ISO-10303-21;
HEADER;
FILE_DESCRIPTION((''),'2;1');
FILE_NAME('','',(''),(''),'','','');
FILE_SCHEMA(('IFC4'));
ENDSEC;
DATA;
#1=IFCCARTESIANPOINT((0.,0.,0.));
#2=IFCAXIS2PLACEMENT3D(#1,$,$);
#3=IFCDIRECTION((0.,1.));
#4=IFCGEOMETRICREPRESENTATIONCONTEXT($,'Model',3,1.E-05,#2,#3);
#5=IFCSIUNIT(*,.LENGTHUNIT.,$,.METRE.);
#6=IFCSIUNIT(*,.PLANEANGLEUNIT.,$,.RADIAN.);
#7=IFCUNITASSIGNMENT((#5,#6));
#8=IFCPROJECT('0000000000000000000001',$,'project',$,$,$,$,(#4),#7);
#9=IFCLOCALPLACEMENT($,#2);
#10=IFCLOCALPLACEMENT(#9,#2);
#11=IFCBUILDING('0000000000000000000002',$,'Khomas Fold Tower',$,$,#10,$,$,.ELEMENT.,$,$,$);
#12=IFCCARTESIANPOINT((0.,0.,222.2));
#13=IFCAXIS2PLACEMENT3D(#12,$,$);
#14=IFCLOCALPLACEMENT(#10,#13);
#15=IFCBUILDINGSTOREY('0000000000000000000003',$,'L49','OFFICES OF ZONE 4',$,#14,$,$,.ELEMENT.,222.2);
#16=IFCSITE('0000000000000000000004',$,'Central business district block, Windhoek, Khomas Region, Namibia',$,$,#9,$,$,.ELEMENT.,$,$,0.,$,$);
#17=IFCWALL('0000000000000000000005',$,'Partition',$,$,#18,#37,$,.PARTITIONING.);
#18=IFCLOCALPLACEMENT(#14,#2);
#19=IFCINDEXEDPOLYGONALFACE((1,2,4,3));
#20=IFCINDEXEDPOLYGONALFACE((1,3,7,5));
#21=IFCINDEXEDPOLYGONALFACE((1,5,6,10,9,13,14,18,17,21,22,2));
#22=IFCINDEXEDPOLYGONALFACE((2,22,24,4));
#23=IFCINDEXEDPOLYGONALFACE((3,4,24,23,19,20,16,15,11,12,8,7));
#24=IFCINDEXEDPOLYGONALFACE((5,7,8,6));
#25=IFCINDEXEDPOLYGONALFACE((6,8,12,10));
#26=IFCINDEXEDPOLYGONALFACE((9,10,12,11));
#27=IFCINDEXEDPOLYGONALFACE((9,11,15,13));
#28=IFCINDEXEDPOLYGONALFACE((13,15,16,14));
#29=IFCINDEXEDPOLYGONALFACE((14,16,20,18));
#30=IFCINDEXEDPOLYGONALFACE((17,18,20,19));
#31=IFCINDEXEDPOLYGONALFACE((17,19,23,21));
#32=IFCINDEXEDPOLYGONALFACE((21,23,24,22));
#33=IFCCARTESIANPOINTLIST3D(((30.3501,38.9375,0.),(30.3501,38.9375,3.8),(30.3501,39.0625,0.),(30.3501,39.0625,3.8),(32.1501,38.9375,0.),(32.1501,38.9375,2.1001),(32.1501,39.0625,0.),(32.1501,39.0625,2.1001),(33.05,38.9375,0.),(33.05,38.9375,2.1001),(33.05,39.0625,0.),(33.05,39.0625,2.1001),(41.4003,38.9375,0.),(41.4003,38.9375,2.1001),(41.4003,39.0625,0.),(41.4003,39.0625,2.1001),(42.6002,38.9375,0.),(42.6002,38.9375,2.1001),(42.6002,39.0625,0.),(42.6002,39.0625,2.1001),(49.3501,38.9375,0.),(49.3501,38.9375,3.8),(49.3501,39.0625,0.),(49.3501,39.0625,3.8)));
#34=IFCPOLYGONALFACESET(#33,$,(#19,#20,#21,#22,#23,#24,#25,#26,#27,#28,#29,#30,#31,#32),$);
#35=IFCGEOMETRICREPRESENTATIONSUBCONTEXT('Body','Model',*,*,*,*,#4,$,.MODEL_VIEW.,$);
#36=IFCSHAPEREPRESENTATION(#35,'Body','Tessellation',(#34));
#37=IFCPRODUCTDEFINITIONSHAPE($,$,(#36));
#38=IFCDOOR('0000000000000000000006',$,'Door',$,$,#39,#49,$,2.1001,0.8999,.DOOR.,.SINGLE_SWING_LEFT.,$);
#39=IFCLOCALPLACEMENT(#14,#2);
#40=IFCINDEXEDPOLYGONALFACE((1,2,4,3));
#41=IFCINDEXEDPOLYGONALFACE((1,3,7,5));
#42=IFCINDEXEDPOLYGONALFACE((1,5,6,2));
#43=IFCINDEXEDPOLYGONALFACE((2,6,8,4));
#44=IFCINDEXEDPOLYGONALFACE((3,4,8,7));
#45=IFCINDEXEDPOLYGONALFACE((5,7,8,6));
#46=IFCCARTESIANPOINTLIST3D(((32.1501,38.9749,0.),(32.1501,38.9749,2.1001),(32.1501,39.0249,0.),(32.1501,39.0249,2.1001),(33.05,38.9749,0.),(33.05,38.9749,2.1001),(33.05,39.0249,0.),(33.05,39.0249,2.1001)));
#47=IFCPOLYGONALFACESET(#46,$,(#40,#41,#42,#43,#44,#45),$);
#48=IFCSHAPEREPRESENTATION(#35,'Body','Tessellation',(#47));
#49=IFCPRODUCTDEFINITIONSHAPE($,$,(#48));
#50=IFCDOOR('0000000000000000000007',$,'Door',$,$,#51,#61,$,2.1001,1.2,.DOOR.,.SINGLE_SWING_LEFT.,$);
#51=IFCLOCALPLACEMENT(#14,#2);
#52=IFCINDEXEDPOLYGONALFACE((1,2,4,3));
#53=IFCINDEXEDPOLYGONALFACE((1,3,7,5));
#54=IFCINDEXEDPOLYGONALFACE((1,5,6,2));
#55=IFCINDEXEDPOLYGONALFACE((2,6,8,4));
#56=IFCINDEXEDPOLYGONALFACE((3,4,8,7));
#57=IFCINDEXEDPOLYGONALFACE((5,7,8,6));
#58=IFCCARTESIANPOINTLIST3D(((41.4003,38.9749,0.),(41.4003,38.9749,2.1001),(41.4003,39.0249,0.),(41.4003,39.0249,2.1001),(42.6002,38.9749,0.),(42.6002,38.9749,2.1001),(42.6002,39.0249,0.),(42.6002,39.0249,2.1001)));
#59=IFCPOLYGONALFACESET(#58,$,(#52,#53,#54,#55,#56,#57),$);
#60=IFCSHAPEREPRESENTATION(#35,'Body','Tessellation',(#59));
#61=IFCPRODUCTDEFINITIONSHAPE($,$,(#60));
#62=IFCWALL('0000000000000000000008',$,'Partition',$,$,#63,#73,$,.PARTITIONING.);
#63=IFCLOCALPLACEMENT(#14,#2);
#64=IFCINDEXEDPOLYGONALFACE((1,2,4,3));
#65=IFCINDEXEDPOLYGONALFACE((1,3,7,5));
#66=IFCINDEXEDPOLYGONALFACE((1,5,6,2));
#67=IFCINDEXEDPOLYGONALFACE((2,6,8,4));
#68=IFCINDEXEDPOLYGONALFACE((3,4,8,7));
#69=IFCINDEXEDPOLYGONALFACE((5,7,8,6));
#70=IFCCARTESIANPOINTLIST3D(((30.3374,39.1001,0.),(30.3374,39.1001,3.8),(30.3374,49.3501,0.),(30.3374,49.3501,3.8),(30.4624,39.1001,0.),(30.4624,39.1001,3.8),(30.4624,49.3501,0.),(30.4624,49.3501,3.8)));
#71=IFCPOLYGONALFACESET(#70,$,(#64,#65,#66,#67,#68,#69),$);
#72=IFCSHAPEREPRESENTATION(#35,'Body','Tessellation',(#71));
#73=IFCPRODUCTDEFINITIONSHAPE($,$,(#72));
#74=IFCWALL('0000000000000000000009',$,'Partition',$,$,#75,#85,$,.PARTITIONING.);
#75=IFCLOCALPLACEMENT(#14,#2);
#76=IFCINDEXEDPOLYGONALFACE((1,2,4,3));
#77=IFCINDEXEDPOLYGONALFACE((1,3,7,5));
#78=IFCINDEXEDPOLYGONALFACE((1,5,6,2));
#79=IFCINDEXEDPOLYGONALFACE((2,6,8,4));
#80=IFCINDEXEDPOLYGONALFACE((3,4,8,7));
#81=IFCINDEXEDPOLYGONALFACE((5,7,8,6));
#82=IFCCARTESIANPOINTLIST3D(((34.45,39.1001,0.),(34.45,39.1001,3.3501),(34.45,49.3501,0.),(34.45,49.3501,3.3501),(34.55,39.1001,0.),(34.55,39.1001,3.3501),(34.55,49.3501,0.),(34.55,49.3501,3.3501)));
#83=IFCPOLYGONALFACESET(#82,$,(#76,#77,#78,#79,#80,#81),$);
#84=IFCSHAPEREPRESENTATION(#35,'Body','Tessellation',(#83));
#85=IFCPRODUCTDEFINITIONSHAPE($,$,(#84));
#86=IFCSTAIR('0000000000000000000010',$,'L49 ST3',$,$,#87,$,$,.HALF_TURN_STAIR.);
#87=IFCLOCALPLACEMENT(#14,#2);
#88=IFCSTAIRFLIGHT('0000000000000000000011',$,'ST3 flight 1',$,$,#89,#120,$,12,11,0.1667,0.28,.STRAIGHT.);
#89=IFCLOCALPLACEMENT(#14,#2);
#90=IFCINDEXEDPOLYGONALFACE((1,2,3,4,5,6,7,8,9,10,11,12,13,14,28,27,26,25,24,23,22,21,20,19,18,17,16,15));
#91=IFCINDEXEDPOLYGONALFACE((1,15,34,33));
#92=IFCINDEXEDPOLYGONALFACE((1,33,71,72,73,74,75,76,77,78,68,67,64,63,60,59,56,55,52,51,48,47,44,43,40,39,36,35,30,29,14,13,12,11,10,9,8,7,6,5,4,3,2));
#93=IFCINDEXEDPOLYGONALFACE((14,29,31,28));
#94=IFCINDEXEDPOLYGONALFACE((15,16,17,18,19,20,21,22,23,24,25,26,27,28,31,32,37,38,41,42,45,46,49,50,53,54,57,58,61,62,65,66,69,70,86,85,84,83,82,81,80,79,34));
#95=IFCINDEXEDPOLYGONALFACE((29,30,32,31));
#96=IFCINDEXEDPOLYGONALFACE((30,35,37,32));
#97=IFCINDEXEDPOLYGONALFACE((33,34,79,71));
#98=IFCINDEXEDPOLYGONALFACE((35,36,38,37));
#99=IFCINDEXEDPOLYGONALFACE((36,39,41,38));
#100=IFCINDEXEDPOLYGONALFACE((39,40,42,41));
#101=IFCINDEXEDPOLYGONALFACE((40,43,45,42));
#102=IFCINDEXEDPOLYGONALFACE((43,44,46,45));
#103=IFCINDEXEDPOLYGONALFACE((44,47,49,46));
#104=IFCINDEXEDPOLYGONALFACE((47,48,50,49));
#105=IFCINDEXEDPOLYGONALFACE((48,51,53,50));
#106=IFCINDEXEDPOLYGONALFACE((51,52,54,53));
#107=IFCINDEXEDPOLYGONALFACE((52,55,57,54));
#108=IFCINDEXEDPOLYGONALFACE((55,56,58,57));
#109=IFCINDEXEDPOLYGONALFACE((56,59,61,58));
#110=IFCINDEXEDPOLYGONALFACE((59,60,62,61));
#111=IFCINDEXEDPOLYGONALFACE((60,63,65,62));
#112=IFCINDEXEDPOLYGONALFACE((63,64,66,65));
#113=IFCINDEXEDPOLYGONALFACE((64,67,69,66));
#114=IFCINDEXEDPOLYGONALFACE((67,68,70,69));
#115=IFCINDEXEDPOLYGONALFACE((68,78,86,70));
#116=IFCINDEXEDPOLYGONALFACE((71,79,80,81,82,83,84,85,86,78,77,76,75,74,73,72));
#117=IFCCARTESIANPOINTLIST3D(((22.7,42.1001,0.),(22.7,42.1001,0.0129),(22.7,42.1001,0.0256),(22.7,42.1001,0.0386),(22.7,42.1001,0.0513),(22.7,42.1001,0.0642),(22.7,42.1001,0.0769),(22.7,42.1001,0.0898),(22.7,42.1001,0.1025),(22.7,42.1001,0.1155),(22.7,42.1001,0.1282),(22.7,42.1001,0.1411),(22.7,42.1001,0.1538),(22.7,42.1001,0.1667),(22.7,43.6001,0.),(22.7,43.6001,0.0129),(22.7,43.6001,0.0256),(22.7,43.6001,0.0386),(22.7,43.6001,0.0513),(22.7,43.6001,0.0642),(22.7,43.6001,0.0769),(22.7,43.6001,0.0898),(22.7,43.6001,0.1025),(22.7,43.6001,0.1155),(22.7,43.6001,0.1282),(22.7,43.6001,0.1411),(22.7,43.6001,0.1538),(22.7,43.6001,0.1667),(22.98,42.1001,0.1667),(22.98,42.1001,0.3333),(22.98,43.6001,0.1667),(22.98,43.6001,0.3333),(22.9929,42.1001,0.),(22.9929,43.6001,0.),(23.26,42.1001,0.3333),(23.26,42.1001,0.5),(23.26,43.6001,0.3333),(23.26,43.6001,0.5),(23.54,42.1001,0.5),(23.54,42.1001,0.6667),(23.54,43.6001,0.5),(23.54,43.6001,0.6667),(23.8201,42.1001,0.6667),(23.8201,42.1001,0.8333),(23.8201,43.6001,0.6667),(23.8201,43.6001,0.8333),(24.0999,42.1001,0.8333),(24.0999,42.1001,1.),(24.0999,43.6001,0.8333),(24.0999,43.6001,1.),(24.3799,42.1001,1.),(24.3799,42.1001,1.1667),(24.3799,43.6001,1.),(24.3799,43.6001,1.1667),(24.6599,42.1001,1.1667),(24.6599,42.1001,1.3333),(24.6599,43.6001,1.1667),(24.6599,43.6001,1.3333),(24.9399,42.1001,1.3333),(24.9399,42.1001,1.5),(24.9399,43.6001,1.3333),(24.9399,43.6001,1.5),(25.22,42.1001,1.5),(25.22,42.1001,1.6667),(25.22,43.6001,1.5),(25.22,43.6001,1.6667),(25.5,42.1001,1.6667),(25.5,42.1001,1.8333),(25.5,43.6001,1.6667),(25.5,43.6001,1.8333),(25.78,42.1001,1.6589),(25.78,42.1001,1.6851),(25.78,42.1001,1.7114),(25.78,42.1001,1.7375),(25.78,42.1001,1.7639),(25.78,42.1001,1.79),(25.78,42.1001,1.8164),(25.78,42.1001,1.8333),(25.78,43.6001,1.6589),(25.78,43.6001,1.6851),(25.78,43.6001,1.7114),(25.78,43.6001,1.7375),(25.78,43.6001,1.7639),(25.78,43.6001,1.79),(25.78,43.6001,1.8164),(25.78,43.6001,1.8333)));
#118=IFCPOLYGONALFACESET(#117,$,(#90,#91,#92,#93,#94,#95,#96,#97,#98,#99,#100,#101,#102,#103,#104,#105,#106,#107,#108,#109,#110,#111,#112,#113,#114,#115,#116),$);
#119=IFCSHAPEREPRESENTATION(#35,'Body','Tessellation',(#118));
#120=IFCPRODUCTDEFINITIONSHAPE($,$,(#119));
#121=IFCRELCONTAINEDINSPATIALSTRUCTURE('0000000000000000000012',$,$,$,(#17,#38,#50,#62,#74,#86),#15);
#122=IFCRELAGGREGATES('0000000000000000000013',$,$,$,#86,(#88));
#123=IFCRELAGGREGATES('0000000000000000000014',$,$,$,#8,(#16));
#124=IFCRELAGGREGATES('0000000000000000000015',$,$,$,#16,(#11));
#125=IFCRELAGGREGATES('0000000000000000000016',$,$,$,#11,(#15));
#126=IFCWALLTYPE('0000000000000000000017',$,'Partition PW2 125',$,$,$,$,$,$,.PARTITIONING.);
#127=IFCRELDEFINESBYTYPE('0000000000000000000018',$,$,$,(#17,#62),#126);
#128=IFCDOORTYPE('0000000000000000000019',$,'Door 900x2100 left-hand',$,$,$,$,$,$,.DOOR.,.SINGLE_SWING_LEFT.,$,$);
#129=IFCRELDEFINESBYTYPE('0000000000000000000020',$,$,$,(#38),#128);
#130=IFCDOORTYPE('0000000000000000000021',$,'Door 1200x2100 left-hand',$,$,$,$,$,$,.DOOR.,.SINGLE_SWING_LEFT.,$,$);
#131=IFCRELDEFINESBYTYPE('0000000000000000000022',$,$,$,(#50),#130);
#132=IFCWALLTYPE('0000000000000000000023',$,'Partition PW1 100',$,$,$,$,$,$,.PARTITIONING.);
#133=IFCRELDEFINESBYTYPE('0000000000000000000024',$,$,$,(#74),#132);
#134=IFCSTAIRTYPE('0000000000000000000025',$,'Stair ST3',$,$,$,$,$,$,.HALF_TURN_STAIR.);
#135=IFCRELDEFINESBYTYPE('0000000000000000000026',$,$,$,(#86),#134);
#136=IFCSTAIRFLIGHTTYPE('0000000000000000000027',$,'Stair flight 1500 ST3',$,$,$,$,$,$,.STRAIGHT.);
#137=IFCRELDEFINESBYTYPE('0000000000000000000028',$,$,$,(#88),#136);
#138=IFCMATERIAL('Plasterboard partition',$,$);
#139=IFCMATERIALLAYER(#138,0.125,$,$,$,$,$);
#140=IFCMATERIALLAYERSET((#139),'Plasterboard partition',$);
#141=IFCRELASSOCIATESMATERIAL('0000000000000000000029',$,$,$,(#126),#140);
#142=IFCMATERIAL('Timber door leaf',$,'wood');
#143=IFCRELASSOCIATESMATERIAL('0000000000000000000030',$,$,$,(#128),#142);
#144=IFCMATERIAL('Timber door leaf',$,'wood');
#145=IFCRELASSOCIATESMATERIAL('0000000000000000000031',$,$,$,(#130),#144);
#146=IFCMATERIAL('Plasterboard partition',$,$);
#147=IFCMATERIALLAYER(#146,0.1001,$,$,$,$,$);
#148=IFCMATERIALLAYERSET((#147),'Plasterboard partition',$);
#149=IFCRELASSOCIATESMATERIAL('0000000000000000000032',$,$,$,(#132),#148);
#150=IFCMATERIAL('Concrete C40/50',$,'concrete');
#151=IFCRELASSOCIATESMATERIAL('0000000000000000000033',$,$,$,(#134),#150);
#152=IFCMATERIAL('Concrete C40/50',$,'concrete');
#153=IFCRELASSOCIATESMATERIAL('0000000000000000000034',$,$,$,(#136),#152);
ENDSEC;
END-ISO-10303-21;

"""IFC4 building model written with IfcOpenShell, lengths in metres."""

from ifc_helpers import new_model, si_unit, direction, frame, frame_2d, origin, place, context, subcontext, project, spatial, polyline, rectangle, outline, extrude, source, transform, mapped, material, layer, layer_set, type_object, element, fill, aggregate, save


model = new_model("IFC4")

# Units and contexts
model_context = context("Model", 3, precision=1e-05, world=origin(), true_north=direction((0.0, 1.0)))
body_context = subcontext(model_context, "Body", "Model", "MODEL_VIEW")
ifc_project = project(units=[si_unit("LENGTHUNIT", "METRE"), si_unit("PLANEANGLEUNIT", "RADIAN")], contexts=[model_context])

# Site, building, storey
site_placement = place(None, origin())
site = spatial("IfcSite", under=ifc_project, at=site_placement, Name="Central business district block, Windhoek, Khomas Region, Namibia", CompositionType="ELEMENT", RefElevation=0.0)
building_placement = place(site_placement, origin())
building = spatial("IfcBuilding", under=site, at=building_placement, Name="Khomas Fold Tower", CompositionType="ELEMENT")
storey_placement = place(building_placement, frame((0.0, 0.0, 222.2)))
storey = spatial("IfcBuildingStorey", under=building, at=storey_placement, Name="L49", Description="OFFICES OF ZONE 4", CompositionType="ELEMENT", Elevation=222.2)

# Shared definitions
ifc_material_1 = material(Name="Plasterboard partition")
ifc_layer_1 = layer(ifc_material_1, 0.125)
ifc_layer_set_1 = layer_set([ifc_layer_1], Name="Plasterboard partition")
wall_type_1 = type_object("IfcWallType", Name="Partition PW2 125", PredefinedType="PARTITIONING", material=ifc_layer_set_1)

# Wall, openings, doors
shared_shape_1 = source(origin(), body_context, "Body", "SweptSolid", [
    extrude(rectangle(XDim=19.0, YDim=0.125, at=frame_2d((9.5, 0.0))), origin(), (0.0, 0.0, 1.0), 3.8),
])
wall_1_placement = place(storey_placement, frame((30.3501, 39.0, 0.0), z_axis=(0.0, 0.0, 1.0), x_axis=(1.0, 0.0, 0.0)))
wall_1 = element("IfcWall", 1, at=wall_1_placement, inside=storey, type_object=wall_type_1, Name="Partition", PredefinedType="PARTITIONING", context=body_context, shape_type="MappedRepresentation", body=[
    mapped(shared_shape_1, transform((0.0, 0.0, 0.0))),
])
shared_shape_2 = source(origin(), body_context, "Body", "SweptSolid", [
    extrude(rectangle(XDim=0.8999, YDim=2.1001, at=frame_2d((0.45, 1.05))), frame((0.0, 0.0725, 0.0), z_axis=(0.0, -1.0, 0.0), x_axis=(1.0, 0.0, 0.0)), (0.0, 0.0, 1.0), 0.145),
])
opening_1_placement = place(wall_1_placement, frame((1.8, 0.0, 0.0)))
opening_1 = element("IfcOpeningElement", 2, at=opening_1_placement, cuts=wall_1, PredefinedType="OPENING", context=body_context, shape_type="MappedRepresentation", body=[
    mapped(shared_shape_2, transform((0.0, 0.0, 0.0))),
])
shared_shape_3 = source(origin(), body_context, "Body", "SweptSolid", [
    extrude(rectangle(XDim=1.2, YDim=2.1001, at=frame_2d((0.6001, 1.05))), frame((0.0, 0.0725, 0.0), z_axis=(0.0, -1.0, 0.0), x_axis=(1.0, 0.0, 0.0)), (0.0, 0.0, 1.0), 0.145),
])
opening_2_placement = place(wall_1_placement, frame((11.05, 0.0, 0.0)))
opening_2 = element("IfcOpeningElement", 3, at=opening_2_placement, cuts=wall_1, PredefinedType="OPENING", context=body_context, shape_type="MappedRepresentation", body=[
    mapped(shared_shape_3, transform((0.0, 0.0, 0.0))),
])
ifc_material_2 = material(Name="Timber door leaf", Category="wood")
door_type_1 = type_object("IfcDoorType", Name="Door 900x2100 left-hand", OperationType="SINGLE_SWING_LEFT", PredefinedType="DOOR", material=ifc_material_2)
shared_shape_4 = source(origin(), body_context, "Body", "SweptSolid", [
    extrude(rectangle(XDim=0.8999, YDim=2.1001, at=frame_2d((0.45, 1.05))), frame((0.0, 0.0249, 0.0), z_axis=(0.0, -1.0, 0.0), x_axis=(1.0, 0.0, 0.0)), (0.0, 0.0, 1.0), 0.05),
])
door_1_placement = place(opening_1_placement, origin())
door_1 = element("IfcDoor", 4, at=door_1_placement, inside=storey, type_object=door_type_1, Name="Door", OperationType="SINGLE_SWING_LEFT", OverallHeight=2.1001, OverallWidth=0.8999, PredefinedType="DOOR", context=body_context, shape_type="MappedRepresentation", body=[
    mapped(shared_shape_4, transform((0.0, 0.0, 0.0))),
])
fill(opening_1, door_1)
ifc_material_3 = material(Name="Timber door leaf", Category="wood")
door_type_2 = type_object("IfcDoorType", Name="Door 1200x2100 left-hand", OperationType="SINGLE_SWING_LEFT", PredefinedType="DOOR", material=ifc_material_3)
shared_shape_5 = source(origin(), body_context, "Body", "SweptSolid", [
    extrude(rectangle(XDim=1.2, YDim=2.1001, at=frame_2d((0.6001, 1.05))), frame((0.0, 0.0249, 0.0), z_axis=(0.0, -1.0, 0.0), x_axis=(1.0, 0.0, 0.0)), (0.0, 0.0, 1.0), 0.05),
])
door_2_placement = place(opening_2_placement, origin())
door_2 = element("IfcDoor", 5, at=door_2_placement, inside=storey, type_object=door_type_2, Name="Door", OperationType="SINGLE_SWING_LEFT", OverallHeight=2.1001, OverallWidth=1.2, PredefinedType="DOOR", context=body_context, shape_type="MappedRepresentation", body=[
    mapped(shared_shape_5, transform((0.0, 0.0, 0.0))),
])
fill(opening_2, door_2)

# Walls
shared_shape_6 = source(origin(), body_context, "Body", "SweptSolid", [
    extrude(rectangle(XDim=10.25, YDim=0.125, at=frame_2d((5.125, 0.0))), origin(), (0.0, 0.0, 1.0), 3.8),
])
wall_2_placement = place(storey_placement, frame((30.3999, 39.1001, 0.0), z_axis=(0.0, 0.0, 1.0), x_axis=(0.0, 1.0, 0.0)))
element("IfcWall", 6, at=wall_2_placement, inside=storey, type_object=wall_type_1, Name="Partition", PredefinedType="PARTITIONING", context=body_context, shape_type="MappedRepresentation", body=[
    mapped(shared_shape_6, transform((0.0, 0.0, 0.0))),
])
ifc_material_4 = material(Name="Plasterboard partition")
ifc_layer_2 = layer(ifc_material_4, 0.1001)
ifc_layer_set_2 = layer_set([ifc_layer_2], Name="Plasterboard partition")
wall_type_2 = type_object("IfcWallType", Name="Partition PW1 100", PredefinedType="PARTITIONING", material=ifc_layer_set_2)
shared_shape_7 = source(origin(), body_context, "Body", "SweptSolid", [
    extrude(rectangle(XDim=10.25, YDim=0.1001, at=frame_2d((5.125, 0.0))), origin(), (0.0, 0.0, 1.0), 3.3501),
])
wall_3_placement = place(storey_placement, frame((34.5, 39.1001, 0.0), z_axis=(0.0, 0.0, 1.0), x_axis=(0.0, 1.0, 0.0)))
element("IfcWall", 7, at=wall_3_placement, inside=storey, type_object=wall_type_2, Name="Partition", PredefinedType="PARTITIONING", context=body_context, shape_type="MappedRepresentation", body=[
    mapped(shared_shape_7, transform((0.0, 0.0, 0.0))),
])

# Stair, stair flight
ifc_material_5 = material(Name="Concrete C40/50", Category="concrete")
stair_type = type_object("IfcStairType", Name="Stair ST3", PredefinedType="HALF_TURN_STAIR", material=ifc_material_5)
stair_placement = place(storey_placement, origin())
stair = element("IfcStair", 8, at=stair_placement, inside=storey, type_object=stair_type, Name="L49 ST3", PredefinedType="HALF_TURN_STAIR")
ifc_material_6 = material(Name="Concrete C40/50", Category="concrete")
stair_flight_type = type_object("IfcStairFlightType", Name="Stair flight 1500 ST3", PredefinedType="STRAIGHT", material=ifc_material_6)
shared_shape_8 = source(origin(), body_context, "Body", "SweptSolid", [
    extrude(outline(polyline([(0.0, 0.0), (0.0, 0.0129), (0.0, 0.0256), (0.0, 0.0386), (0.0, 0.0513), (0.0, 0.0642), (0.0, 0.0769), (0.0, 0.0898), (0.0, 0.1025), (0.0, 0.1155), (0.0, 0.1282), (0.0, 0.1411), (0.0, 0.1538), (0.0, 0.1667), (0.28, 0.1667), (0.28, 0.3333), (0.5601, 0.3333), (0.5601, 0.5), (0.8401, 0.5), (0.8401, 0.6667), (1.1201, 0.6667), (1.1201, 0.8333), (1.3999, 0.8333), (1.3999, 1.0), (1.6799, 1.0), (1.6799, 1.1667), (1.96, 1.1667), (1.96, 1.3333), (2.24, 1.3333), (2.24, 1.5), (2.52, 1.5), (2.52, 1.6667), (2.8, 1.6667), (2.8, 1.8333), (3.0801, 1.8333), (3.0801, 2.0), (3.0801, 1.9739), (3.0801, 1.9475), (3.0801, 1.9214), (3.0801, 1.895), (3.0801, 1.8689), (3.0801, 1.8425), (3.0801, 1.8164), (3.0801, 1.79), (3.0801, 1.7639), (3.0801, 1.7375), (3.0801, 1.7114), (3.0801, 1.6851), (3.0801, 1.6589), (0.293, 0.0), (0.0, 0.0)])), frame((0.0, 0.75, 0.0), z_axis=(0.0, -1.0, 0.0), x_axis=(1.0, 0.0, 0.0)), (0.0, 0.0, 1.0), 1.5),
])
stair_flight_1_placement = place(storey_placement, frame((22.7, 42.8501, 0.0), z_axis=(0.0, 0.0, 1.0), x_axis=(1.0, 0.0, 0.0)))
stair_flight_1 = element("IfcStairFlight", 9, at=stair_flight_1_placement, type_object=stair_flight_type, Name="ST3 flight 1", NumberOfRisers=12, NumberOfTreads=11, PredefinedType="STRAIGHT", RiserHeight=0.1667, TreadLength=0.28, context=body_context, shape_type="MappedRepresentation", body=[
    mapped(shared_shape_8, transform((0.0, 0.0, 0.0))),
])
aggregate(stair, [stair_flight_1])

save(model, "model.ifc")
